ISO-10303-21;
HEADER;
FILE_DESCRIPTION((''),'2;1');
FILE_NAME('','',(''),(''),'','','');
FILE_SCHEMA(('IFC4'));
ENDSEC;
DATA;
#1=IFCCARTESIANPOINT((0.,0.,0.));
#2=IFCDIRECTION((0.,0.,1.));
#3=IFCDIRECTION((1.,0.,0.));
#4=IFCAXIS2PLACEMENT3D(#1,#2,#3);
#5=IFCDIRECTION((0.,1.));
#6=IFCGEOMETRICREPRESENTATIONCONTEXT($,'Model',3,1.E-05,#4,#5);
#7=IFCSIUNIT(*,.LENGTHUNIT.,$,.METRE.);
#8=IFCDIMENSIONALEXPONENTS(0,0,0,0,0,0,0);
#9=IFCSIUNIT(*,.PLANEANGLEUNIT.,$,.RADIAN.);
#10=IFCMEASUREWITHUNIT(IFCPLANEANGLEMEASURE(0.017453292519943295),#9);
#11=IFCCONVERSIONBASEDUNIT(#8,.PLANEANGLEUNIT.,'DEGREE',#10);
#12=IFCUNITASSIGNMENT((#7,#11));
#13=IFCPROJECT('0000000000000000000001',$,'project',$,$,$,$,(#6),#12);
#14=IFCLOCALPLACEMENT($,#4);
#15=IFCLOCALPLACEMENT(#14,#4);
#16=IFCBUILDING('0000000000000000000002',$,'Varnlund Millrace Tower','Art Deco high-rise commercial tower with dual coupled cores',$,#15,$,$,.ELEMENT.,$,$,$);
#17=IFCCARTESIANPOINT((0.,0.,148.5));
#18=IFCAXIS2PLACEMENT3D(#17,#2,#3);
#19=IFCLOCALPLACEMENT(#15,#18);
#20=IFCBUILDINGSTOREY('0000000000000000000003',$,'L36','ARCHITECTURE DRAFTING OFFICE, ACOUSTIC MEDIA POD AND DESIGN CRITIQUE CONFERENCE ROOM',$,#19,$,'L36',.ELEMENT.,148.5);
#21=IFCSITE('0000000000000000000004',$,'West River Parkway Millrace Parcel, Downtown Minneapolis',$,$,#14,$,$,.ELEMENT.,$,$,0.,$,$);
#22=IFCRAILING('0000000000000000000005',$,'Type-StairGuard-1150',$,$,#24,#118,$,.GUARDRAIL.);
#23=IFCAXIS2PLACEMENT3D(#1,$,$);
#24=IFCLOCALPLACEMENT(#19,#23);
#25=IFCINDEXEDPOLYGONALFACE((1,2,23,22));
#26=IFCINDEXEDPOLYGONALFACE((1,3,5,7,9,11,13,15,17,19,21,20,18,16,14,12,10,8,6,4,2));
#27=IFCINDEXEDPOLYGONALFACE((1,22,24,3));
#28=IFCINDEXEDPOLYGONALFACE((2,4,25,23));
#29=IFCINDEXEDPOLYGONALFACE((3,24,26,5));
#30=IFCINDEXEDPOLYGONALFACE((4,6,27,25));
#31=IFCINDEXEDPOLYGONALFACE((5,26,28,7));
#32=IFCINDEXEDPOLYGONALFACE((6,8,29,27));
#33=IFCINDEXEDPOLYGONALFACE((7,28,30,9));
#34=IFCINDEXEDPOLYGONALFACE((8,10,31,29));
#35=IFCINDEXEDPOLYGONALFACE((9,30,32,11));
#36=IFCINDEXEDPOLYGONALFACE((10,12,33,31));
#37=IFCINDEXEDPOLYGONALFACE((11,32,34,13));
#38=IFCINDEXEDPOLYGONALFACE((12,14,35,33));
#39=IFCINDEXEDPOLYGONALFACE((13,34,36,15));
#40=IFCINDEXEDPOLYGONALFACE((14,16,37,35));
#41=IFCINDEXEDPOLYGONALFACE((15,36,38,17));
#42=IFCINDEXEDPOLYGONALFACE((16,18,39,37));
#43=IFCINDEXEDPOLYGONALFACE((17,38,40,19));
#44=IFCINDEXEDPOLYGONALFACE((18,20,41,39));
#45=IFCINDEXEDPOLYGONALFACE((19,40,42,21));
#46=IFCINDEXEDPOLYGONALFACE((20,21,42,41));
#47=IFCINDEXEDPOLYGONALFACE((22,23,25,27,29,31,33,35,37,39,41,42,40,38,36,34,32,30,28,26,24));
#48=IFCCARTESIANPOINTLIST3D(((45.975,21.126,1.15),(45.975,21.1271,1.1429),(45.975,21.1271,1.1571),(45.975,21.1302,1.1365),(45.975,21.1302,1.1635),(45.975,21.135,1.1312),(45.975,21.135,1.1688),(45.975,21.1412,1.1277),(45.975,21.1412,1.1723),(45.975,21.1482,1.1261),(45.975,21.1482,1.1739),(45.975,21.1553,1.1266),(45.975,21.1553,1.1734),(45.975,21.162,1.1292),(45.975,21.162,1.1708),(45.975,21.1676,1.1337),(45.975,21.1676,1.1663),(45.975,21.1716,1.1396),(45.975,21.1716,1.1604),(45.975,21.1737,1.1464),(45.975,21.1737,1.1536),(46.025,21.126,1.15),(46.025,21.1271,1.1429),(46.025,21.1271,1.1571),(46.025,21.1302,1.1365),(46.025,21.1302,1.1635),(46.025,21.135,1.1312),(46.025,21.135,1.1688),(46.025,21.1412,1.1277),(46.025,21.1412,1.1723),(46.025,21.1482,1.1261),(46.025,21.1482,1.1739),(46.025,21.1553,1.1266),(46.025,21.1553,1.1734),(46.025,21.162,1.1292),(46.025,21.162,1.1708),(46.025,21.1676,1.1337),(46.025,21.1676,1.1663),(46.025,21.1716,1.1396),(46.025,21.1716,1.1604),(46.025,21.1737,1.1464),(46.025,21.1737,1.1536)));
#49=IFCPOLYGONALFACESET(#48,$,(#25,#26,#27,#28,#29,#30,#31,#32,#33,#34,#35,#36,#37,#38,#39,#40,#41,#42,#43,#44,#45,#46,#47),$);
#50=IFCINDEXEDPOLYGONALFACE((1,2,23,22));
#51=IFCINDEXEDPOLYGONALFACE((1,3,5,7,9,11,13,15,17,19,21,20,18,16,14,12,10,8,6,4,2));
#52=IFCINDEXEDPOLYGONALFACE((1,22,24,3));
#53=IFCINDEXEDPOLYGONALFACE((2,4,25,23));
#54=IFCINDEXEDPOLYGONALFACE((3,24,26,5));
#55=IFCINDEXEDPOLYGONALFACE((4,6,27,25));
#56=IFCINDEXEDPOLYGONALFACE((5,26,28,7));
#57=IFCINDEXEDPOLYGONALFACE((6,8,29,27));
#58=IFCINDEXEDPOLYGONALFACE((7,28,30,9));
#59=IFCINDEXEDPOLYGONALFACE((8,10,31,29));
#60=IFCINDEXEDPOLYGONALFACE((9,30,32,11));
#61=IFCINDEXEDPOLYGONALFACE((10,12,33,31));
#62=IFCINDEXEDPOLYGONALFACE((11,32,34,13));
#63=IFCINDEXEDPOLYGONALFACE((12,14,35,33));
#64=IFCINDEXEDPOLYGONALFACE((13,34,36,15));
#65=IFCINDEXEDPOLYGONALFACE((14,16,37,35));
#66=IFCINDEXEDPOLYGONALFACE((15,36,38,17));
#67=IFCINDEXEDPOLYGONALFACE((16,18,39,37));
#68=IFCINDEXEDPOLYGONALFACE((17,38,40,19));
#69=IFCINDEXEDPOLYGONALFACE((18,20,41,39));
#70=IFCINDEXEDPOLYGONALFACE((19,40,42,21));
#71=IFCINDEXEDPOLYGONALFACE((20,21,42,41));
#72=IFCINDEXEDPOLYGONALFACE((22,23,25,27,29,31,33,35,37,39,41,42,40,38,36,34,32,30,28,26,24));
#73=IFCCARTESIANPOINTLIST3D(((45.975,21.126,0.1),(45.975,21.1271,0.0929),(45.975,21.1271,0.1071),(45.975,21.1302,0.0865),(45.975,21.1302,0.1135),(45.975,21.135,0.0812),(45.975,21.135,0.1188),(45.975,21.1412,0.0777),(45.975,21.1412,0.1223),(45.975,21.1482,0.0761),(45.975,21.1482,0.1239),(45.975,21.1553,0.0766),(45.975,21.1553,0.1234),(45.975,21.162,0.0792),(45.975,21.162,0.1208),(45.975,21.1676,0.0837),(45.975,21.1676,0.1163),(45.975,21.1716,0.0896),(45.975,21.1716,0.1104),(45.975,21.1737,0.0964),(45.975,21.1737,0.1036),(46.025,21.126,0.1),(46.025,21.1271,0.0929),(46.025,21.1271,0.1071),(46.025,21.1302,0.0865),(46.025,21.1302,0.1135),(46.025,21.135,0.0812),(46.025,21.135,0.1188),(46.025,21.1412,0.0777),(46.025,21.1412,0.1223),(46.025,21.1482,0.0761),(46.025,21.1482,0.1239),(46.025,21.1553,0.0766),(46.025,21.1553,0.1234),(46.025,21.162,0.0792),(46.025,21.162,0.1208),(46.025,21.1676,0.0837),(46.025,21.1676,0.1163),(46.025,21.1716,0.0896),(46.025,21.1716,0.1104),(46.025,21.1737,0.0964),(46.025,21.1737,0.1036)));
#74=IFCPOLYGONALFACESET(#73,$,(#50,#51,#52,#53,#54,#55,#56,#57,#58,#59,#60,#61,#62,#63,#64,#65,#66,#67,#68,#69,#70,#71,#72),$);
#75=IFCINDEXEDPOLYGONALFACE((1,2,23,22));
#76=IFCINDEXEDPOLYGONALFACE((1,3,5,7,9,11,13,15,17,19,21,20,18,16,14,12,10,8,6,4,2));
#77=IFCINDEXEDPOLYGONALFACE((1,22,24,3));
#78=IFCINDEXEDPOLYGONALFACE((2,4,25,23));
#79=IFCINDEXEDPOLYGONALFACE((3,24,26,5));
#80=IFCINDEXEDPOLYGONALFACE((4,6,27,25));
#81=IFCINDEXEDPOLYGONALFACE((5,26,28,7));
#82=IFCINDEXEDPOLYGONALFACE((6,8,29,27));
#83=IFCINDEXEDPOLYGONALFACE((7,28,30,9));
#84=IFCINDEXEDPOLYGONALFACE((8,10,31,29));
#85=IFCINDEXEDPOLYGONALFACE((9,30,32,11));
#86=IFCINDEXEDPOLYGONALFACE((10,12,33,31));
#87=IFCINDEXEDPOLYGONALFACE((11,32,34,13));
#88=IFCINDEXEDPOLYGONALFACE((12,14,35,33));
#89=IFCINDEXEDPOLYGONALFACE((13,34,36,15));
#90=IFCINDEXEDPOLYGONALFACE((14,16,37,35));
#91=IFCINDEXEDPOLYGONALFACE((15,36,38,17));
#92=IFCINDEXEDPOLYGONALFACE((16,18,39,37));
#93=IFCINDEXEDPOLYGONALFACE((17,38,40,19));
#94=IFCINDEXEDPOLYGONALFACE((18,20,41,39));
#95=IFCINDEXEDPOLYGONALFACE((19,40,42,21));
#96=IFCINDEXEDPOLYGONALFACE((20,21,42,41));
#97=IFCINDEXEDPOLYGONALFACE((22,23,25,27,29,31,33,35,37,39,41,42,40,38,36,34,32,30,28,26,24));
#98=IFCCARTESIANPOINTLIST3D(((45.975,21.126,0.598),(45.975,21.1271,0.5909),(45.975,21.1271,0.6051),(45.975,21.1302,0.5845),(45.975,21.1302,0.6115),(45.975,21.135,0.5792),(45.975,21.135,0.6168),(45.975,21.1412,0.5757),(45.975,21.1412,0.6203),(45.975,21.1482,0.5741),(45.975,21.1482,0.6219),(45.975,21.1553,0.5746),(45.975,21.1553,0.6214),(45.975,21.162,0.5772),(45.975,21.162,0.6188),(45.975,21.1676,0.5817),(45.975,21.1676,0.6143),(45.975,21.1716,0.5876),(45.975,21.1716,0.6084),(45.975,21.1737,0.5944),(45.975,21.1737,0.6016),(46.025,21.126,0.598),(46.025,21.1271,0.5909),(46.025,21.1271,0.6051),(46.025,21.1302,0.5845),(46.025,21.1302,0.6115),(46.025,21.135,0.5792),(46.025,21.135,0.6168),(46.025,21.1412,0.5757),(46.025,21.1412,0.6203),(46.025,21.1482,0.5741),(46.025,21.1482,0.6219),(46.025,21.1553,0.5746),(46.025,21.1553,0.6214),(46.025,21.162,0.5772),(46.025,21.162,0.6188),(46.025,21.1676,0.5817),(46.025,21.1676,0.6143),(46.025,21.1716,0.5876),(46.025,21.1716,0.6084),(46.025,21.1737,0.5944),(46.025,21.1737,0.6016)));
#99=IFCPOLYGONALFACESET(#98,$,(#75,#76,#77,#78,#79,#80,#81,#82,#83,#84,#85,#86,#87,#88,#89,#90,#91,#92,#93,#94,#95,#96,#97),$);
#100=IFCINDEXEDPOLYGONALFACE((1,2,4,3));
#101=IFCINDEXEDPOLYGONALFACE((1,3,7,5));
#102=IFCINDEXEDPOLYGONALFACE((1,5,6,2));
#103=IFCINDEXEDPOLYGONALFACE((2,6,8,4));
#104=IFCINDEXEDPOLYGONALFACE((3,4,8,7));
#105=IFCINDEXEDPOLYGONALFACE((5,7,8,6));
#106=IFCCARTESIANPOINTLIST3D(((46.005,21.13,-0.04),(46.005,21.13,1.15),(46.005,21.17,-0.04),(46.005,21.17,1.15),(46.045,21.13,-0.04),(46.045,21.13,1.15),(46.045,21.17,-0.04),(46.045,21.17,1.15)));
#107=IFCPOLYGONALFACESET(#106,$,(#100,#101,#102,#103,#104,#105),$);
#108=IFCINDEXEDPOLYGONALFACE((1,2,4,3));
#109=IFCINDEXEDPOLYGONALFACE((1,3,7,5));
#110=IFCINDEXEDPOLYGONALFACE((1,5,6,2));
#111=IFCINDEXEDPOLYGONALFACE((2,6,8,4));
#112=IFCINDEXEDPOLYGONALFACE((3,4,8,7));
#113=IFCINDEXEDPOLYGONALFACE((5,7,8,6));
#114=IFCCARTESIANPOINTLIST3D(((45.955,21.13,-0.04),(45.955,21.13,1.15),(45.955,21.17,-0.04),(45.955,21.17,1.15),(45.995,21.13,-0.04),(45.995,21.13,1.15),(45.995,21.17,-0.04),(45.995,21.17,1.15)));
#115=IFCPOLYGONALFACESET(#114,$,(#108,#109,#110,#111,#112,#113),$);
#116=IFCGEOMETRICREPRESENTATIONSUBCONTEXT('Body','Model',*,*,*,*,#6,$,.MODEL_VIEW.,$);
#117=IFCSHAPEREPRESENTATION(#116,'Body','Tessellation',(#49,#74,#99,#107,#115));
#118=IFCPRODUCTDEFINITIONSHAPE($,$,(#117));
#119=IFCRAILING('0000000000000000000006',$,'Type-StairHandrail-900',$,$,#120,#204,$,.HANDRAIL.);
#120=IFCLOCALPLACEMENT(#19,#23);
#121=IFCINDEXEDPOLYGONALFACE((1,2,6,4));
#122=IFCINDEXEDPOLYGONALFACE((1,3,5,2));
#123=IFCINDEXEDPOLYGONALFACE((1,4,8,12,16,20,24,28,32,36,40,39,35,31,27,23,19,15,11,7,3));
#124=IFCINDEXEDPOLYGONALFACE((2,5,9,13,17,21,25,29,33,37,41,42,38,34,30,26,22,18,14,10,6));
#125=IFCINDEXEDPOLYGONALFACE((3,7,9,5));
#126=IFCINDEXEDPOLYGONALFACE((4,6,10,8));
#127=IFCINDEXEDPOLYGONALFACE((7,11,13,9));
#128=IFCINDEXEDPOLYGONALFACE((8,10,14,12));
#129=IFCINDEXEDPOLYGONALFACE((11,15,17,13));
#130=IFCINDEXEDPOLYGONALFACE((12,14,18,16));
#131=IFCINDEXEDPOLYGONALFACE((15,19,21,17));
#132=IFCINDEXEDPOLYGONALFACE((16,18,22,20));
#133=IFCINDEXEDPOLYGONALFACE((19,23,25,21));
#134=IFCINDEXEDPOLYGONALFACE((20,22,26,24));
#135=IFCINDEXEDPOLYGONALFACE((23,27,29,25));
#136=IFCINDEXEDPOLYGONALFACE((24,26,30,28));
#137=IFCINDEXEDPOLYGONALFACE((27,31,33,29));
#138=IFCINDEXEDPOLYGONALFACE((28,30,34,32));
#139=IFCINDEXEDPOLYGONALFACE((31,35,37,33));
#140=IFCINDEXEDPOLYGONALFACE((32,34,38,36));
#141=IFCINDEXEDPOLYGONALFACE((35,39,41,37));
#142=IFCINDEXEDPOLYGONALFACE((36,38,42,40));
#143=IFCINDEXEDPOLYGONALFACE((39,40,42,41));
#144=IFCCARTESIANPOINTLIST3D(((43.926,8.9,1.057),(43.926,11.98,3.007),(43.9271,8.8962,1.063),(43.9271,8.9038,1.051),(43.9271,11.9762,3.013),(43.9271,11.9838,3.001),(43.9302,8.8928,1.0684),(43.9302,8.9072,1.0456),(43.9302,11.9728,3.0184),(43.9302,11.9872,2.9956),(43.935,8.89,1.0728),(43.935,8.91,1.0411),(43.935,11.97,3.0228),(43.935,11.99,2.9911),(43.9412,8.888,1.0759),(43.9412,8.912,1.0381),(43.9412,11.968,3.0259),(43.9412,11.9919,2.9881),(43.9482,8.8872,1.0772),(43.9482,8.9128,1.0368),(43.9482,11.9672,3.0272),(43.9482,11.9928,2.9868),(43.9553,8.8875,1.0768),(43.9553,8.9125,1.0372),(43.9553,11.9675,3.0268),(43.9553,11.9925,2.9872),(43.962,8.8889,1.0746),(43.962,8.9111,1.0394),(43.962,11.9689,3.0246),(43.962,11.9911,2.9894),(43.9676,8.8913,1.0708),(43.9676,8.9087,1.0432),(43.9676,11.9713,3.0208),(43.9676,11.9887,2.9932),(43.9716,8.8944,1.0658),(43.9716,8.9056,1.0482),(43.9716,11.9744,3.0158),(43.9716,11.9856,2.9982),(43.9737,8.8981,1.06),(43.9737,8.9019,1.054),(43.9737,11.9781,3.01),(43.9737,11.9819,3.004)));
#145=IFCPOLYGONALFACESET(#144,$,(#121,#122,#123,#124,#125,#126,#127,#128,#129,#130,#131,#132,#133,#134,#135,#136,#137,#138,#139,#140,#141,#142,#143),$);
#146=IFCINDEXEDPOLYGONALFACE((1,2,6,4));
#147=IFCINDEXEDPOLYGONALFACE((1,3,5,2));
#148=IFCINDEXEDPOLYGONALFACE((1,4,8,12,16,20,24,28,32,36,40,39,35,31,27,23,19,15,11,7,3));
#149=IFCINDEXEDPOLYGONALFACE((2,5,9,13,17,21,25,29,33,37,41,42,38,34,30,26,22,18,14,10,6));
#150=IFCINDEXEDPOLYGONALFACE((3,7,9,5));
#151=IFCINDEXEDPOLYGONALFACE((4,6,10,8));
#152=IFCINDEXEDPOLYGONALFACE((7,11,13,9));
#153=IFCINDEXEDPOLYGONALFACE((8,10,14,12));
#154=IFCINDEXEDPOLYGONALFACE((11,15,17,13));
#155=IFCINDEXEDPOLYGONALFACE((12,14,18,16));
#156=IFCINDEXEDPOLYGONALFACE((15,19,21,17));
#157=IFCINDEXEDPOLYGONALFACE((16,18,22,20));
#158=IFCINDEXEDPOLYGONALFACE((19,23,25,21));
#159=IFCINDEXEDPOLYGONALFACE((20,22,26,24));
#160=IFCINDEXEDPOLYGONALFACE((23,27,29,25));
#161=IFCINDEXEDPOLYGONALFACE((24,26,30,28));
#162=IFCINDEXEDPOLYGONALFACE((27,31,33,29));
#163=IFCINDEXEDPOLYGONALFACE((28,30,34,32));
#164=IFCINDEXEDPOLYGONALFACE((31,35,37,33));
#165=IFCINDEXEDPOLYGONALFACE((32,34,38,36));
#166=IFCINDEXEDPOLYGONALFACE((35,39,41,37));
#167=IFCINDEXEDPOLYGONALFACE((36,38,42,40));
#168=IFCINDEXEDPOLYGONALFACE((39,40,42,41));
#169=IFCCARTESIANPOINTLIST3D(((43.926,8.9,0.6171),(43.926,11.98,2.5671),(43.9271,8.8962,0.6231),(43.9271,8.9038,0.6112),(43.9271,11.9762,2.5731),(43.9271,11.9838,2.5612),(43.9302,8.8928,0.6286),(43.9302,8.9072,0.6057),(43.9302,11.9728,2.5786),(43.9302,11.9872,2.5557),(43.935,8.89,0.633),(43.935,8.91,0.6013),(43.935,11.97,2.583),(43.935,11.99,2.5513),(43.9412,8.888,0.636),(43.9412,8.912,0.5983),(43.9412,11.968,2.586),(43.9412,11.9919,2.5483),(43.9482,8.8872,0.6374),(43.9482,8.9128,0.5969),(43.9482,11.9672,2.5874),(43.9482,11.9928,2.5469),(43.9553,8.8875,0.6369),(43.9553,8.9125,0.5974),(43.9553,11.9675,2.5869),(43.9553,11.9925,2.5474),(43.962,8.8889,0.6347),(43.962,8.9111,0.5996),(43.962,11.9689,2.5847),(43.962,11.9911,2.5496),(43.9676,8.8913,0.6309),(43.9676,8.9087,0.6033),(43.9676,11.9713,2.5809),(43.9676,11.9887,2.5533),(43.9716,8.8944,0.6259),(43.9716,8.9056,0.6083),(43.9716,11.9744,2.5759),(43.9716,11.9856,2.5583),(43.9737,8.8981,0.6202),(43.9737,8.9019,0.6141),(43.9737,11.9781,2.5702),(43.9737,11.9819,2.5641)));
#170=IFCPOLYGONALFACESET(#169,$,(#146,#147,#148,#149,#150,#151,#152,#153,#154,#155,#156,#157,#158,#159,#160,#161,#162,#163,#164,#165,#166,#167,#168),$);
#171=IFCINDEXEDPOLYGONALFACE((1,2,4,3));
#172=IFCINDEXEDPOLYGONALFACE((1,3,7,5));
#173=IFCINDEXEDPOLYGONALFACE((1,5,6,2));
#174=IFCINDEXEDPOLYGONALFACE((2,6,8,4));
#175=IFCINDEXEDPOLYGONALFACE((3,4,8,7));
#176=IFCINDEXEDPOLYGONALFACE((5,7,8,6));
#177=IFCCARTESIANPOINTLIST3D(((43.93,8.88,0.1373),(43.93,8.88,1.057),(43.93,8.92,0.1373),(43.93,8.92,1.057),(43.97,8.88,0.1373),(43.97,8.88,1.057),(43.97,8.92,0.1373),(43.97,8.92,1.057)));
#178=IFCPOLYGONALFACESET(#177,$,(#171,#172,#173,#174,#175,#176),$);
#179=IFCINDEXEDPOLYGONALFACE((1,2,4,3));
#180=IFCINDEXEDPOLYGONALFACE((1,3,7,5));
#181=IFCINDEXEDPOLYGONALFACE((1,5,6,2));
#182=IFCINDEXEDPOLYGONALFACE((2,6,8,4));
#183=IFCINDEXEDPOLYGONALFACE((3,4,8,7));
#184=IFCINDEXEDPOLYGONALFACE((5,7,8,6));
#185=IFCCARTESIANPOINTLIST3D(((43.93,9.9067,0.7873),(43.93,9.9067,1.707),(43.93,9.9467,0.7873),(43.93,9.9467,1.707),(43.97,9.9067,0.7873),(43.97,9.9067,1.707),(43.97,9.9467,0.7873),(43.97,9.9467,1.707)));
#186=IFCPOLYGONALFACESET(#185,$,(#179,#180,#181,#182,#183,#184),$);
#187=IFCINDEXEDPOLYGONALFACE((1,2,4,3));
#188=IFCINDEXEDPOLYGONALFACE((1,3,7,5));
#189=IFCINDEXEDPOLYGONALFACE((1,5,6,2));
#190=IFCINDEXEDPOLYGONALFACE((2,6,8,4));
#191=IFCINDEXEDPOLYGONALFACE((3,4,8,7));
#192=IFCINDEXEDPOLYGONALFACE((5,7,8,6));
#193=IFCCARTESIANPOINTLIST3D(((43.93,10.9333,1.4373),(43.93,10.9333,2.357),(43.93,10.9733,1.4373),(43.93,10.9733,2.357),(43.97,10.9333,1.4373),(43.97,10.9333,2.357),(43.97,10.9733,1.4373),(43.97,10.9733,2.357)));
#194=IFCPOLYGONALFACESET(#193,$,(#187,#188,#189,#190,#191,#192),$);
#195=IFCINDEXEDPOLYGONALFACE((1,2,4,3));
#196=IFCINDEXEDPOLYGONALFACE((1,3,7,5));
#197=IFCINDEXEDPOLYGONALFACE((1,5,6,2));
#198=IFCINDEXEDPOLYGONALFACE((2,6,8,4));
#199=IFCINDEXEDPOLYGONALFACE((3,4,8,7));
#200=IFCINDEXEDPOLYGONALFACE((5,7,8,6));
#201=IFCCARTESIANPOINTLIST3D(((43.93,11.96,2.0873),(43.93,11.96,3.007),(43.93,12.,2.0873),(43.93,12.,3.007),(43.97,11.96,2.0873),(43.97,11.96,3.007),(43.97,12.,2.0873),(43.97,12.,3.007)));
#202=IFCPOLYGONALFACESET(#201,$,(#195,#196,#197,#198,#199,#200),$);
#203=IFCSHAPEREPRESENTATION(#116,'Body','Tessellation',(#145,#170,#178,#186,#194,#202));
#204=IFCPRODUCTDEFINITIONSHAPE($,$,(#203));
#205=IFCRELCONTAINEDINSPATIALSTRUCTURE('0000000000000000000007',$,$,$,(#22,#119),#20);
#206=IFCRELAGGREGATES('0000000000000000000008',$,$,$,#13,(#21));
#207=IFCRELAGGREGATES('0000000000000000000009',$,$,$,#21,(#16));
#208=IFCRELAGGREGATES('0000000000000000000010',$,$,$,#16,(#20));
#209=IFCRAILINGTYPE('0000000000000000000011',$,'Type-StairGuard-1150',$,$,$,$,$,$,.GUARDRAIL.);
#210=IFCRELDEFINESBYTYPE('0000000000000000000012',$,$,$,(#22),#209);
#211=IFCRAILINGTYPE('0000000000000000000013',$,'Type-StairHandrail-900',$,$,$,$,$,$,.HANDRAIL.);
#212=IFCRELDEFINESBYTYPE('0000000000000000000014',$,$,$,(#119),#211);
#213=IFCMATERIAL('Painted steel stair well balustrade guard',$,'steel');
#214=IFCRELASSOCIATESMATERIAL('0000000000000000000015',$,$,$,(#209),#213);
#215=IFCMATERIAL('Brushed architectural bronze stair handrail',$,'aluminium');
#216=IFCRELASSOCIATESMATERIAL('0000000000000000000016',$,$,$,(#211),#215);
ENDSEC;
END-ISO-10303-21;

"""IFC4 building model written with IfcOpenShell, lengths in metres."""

from ifc_helpers import new_model, entity, si_unit, converted_unit, direction, frame, origin_with_axes, origin_2d_with_axis, place, context, subcontext, project, spatial, rectangle, circle, extrude, material, type_object, element, save


model = new_model("IFC4")

# Units and contexts
model_context = context("Model", 3, precision=1e-05, world=origin_with_axes(), true_north=direction((0.0, 1.0)))
body_context = subcontext(model_context, "Body", "Model", "MODEL_VIEW")
ifc_project = project(units=[si_unit("LENGTHUNIT", "METRE"), converted_unit("PLANEANGLEUNIT", "DEGREE", entity("IfcPlaneAngleMeasure", 0.017453292519943295), si_unit("PLANEANGLEUNIT", "RADIAN"), dimensions=[0, 0, 0, 0, 0, 0, 0])], contexts=[model_context])

# Site, building, storey
site_placement = place(None, origin_with_axes())
site = spatial("IfcSite", under=ifc_project, at=site_placement, Name="West River Parkway Millrace Parcel, Downtown Minneapolis", CompositionType="ELEMENT", RefElevation=0.0)
building_placement = place(site_placement, origin_with_axes())
building = spatial("IfcBuilding", under=site, at=building_placement, Name="Varnlund Millrace Tower", Description="Art Deco high-rise commercial tower with dual coupled cores", CompositionType="ELEMENT")
storey_placement = place(building_placement, frame((0.0, 0.0, 148.5), z_axis=(0.0, 0.0, 1.0), x_axis=(1.0, 0.0, 0.0)))
storey = spatial("IfcBuildingStorey", under=building, at=storey_placement, Name="L36", Description="ARCHITECTURE DRAFTING OFFICE, ACOUSTIC MEDIA POD AND DESIGN CRITIQUE CONFERENCE ROOM", LongName="L36", CompositionType="ELEMENT", Elevation=148.5)

# Railings
ifc_material_1 = material(Name="Painted steel stair well balustrade guard", Category="steel")
railing_type_1 = type_object("IfcRailingType", Name="Type-StairGuard-1150", PredefinedType="GUARDRAIL", material=ifc_material_1)
railing_1_placement = place(storey_placement, frame((0.0, 0.0, -148.5), z_axis=(0.0, 0.0, 1.0), x_axis=(1.0, 0.0, 0.0)))
element("IfcRailing", 1, at=railing_1_placement, inside=storey, type_object=railing_type_1, Name="Type-StairGuard-1150", PredefinedType="GUARDRAIL", context=body_context, shape_type="SweptSolid", body=[
    extrude(circle(Radius=0.024, at=origin_2d_with_axis()), frame((46.025, 21.15, 149.65), z_axis=(-1.0, 0.0, 0.0), x_axis=(0.0, -1.0, 0.0)), (0.0, 0.0, 1.0), 0.05),
    extrude(circle(Radius=0.024, at=origin_2d_with_axis()), frame((46.025, 21.15, 148.6), z_axis=(-1.0, 0.0, 0.0), x_axis=(0.0, -1.0, 0.0)), (0.0, 0.0, 1.0), 0.05),
    extrude(circle(Radius=0.024, at=origin_2d_with_axis()), frame((46.025, 21.15, 149.098), z_axis=(-1.0, 0.0, 0.0), x_axis=(0.0, -1.0, 0.0)), (0.0, 0.0, 1.0), 0.05),
    extrude(rectangle(XDim=0.04, YDim=0.04, at=origin_2d_with_axis()), frame((46.025, 21.15, 148.46), z_axis=(0.0, 0.0, 1.0), x_axis=(1.0, 0.0, 0.0)), (0.0, 0.0, 1.0), 1.19),
    extrude(rectangle(XDim=0.04, YDim=0.04, at=origin_2d_with_axis()), frame((45.975, 21.15, 148.46), z_axis=(0.0, 0.0, 1.0), x_axis=(1.0, 0.0, 0.0)), (0.0, 0.0, 1.0), 1.19),
])
ifc_material_2 = material(Name="Brushed architectural bronze stair handrail", Category="aluminium")
railing_type_2 = type_object("IfcRailingType", Name="Type-StairHandrail-900", PredefinedType="HANDRAIL", material=ifc_material_2)
railing_2_placement = place(storey_placement, frame((0.0, 0.0, -148.5), z_axis=(0.0, 0.0, 1.0), x_axis=(1.0, 0.0, 0.0)))
element("IfcRailing", 2, at=railing_2_placement, inside=storey, type_object=railing_type_2, Name="Type-StairHandrail-900", PredefinedType="HANDRAIL", context=body_context, shape_type="SweptSolid", body=[
    extrude(circle(Radius=0.024, at=origin_2d_with_axis()), frame((43.95, 8.9, 149.557), z_axis=(0.0, 0.844902, 0.534922), x_axis=(-1.0, 0.0, 0.0)), (0.0, 0.0, 1.0), 3.6454),
    extrude(circle(Radius=0.024, at=origin_2d_with_axis()), frame((43.95, 8.9, 149.1171), z_axis=(0.0, 0.844902, 0.534922), x_axis=(-1.0, 0.0, 0.0)), (0.0, 0.0, 1.0), 3.6454),
    extrude(rectangle(XDim=0.04, YDim=0.04, at=origin_2d_with_axis()), frame((43.95, 8.9, 148.6373), z_axis=(0.0, 0.0, 1.0), x_axis=(1.0, 0.0, 0.0)), (0.0, 0.0, 1.0), 0.9197),
    extrude(rectangle(XDim=0.04, YDim=0.04, at=origin_2d_with_axis()), frame((43.95, 9.9267, 149.2873), z_axis=(0.0, 0.0, 1.0), x_axis=(1.0, 0.0, 0.0)), (0.0, 0.0, 1.0), 0.9197),
    extrude(rectangle(XDim=0.04, YDim=0.04, at=origin_2d_with_axis()), frame((43.95, 10.9533, 149.9373), z_axis=(0.0, 0.0, 1.0), x_axis=(1.0, 0.0, 0.0)), (0.0, 0.0, 1.0), 0.9197),
    extrude(rectangle(XDim=0.04, YDim=0.04, at=origin_2d_with_axis()), frame((43.95, 11.98, 150.5873), z_axis=(0.0, 0.0, 1.0), x_axis=(1.0, 0.0, 0.0)), (0.0, 0.0, 1.0), 0.9197),
])

save(model, "model.ifc")
